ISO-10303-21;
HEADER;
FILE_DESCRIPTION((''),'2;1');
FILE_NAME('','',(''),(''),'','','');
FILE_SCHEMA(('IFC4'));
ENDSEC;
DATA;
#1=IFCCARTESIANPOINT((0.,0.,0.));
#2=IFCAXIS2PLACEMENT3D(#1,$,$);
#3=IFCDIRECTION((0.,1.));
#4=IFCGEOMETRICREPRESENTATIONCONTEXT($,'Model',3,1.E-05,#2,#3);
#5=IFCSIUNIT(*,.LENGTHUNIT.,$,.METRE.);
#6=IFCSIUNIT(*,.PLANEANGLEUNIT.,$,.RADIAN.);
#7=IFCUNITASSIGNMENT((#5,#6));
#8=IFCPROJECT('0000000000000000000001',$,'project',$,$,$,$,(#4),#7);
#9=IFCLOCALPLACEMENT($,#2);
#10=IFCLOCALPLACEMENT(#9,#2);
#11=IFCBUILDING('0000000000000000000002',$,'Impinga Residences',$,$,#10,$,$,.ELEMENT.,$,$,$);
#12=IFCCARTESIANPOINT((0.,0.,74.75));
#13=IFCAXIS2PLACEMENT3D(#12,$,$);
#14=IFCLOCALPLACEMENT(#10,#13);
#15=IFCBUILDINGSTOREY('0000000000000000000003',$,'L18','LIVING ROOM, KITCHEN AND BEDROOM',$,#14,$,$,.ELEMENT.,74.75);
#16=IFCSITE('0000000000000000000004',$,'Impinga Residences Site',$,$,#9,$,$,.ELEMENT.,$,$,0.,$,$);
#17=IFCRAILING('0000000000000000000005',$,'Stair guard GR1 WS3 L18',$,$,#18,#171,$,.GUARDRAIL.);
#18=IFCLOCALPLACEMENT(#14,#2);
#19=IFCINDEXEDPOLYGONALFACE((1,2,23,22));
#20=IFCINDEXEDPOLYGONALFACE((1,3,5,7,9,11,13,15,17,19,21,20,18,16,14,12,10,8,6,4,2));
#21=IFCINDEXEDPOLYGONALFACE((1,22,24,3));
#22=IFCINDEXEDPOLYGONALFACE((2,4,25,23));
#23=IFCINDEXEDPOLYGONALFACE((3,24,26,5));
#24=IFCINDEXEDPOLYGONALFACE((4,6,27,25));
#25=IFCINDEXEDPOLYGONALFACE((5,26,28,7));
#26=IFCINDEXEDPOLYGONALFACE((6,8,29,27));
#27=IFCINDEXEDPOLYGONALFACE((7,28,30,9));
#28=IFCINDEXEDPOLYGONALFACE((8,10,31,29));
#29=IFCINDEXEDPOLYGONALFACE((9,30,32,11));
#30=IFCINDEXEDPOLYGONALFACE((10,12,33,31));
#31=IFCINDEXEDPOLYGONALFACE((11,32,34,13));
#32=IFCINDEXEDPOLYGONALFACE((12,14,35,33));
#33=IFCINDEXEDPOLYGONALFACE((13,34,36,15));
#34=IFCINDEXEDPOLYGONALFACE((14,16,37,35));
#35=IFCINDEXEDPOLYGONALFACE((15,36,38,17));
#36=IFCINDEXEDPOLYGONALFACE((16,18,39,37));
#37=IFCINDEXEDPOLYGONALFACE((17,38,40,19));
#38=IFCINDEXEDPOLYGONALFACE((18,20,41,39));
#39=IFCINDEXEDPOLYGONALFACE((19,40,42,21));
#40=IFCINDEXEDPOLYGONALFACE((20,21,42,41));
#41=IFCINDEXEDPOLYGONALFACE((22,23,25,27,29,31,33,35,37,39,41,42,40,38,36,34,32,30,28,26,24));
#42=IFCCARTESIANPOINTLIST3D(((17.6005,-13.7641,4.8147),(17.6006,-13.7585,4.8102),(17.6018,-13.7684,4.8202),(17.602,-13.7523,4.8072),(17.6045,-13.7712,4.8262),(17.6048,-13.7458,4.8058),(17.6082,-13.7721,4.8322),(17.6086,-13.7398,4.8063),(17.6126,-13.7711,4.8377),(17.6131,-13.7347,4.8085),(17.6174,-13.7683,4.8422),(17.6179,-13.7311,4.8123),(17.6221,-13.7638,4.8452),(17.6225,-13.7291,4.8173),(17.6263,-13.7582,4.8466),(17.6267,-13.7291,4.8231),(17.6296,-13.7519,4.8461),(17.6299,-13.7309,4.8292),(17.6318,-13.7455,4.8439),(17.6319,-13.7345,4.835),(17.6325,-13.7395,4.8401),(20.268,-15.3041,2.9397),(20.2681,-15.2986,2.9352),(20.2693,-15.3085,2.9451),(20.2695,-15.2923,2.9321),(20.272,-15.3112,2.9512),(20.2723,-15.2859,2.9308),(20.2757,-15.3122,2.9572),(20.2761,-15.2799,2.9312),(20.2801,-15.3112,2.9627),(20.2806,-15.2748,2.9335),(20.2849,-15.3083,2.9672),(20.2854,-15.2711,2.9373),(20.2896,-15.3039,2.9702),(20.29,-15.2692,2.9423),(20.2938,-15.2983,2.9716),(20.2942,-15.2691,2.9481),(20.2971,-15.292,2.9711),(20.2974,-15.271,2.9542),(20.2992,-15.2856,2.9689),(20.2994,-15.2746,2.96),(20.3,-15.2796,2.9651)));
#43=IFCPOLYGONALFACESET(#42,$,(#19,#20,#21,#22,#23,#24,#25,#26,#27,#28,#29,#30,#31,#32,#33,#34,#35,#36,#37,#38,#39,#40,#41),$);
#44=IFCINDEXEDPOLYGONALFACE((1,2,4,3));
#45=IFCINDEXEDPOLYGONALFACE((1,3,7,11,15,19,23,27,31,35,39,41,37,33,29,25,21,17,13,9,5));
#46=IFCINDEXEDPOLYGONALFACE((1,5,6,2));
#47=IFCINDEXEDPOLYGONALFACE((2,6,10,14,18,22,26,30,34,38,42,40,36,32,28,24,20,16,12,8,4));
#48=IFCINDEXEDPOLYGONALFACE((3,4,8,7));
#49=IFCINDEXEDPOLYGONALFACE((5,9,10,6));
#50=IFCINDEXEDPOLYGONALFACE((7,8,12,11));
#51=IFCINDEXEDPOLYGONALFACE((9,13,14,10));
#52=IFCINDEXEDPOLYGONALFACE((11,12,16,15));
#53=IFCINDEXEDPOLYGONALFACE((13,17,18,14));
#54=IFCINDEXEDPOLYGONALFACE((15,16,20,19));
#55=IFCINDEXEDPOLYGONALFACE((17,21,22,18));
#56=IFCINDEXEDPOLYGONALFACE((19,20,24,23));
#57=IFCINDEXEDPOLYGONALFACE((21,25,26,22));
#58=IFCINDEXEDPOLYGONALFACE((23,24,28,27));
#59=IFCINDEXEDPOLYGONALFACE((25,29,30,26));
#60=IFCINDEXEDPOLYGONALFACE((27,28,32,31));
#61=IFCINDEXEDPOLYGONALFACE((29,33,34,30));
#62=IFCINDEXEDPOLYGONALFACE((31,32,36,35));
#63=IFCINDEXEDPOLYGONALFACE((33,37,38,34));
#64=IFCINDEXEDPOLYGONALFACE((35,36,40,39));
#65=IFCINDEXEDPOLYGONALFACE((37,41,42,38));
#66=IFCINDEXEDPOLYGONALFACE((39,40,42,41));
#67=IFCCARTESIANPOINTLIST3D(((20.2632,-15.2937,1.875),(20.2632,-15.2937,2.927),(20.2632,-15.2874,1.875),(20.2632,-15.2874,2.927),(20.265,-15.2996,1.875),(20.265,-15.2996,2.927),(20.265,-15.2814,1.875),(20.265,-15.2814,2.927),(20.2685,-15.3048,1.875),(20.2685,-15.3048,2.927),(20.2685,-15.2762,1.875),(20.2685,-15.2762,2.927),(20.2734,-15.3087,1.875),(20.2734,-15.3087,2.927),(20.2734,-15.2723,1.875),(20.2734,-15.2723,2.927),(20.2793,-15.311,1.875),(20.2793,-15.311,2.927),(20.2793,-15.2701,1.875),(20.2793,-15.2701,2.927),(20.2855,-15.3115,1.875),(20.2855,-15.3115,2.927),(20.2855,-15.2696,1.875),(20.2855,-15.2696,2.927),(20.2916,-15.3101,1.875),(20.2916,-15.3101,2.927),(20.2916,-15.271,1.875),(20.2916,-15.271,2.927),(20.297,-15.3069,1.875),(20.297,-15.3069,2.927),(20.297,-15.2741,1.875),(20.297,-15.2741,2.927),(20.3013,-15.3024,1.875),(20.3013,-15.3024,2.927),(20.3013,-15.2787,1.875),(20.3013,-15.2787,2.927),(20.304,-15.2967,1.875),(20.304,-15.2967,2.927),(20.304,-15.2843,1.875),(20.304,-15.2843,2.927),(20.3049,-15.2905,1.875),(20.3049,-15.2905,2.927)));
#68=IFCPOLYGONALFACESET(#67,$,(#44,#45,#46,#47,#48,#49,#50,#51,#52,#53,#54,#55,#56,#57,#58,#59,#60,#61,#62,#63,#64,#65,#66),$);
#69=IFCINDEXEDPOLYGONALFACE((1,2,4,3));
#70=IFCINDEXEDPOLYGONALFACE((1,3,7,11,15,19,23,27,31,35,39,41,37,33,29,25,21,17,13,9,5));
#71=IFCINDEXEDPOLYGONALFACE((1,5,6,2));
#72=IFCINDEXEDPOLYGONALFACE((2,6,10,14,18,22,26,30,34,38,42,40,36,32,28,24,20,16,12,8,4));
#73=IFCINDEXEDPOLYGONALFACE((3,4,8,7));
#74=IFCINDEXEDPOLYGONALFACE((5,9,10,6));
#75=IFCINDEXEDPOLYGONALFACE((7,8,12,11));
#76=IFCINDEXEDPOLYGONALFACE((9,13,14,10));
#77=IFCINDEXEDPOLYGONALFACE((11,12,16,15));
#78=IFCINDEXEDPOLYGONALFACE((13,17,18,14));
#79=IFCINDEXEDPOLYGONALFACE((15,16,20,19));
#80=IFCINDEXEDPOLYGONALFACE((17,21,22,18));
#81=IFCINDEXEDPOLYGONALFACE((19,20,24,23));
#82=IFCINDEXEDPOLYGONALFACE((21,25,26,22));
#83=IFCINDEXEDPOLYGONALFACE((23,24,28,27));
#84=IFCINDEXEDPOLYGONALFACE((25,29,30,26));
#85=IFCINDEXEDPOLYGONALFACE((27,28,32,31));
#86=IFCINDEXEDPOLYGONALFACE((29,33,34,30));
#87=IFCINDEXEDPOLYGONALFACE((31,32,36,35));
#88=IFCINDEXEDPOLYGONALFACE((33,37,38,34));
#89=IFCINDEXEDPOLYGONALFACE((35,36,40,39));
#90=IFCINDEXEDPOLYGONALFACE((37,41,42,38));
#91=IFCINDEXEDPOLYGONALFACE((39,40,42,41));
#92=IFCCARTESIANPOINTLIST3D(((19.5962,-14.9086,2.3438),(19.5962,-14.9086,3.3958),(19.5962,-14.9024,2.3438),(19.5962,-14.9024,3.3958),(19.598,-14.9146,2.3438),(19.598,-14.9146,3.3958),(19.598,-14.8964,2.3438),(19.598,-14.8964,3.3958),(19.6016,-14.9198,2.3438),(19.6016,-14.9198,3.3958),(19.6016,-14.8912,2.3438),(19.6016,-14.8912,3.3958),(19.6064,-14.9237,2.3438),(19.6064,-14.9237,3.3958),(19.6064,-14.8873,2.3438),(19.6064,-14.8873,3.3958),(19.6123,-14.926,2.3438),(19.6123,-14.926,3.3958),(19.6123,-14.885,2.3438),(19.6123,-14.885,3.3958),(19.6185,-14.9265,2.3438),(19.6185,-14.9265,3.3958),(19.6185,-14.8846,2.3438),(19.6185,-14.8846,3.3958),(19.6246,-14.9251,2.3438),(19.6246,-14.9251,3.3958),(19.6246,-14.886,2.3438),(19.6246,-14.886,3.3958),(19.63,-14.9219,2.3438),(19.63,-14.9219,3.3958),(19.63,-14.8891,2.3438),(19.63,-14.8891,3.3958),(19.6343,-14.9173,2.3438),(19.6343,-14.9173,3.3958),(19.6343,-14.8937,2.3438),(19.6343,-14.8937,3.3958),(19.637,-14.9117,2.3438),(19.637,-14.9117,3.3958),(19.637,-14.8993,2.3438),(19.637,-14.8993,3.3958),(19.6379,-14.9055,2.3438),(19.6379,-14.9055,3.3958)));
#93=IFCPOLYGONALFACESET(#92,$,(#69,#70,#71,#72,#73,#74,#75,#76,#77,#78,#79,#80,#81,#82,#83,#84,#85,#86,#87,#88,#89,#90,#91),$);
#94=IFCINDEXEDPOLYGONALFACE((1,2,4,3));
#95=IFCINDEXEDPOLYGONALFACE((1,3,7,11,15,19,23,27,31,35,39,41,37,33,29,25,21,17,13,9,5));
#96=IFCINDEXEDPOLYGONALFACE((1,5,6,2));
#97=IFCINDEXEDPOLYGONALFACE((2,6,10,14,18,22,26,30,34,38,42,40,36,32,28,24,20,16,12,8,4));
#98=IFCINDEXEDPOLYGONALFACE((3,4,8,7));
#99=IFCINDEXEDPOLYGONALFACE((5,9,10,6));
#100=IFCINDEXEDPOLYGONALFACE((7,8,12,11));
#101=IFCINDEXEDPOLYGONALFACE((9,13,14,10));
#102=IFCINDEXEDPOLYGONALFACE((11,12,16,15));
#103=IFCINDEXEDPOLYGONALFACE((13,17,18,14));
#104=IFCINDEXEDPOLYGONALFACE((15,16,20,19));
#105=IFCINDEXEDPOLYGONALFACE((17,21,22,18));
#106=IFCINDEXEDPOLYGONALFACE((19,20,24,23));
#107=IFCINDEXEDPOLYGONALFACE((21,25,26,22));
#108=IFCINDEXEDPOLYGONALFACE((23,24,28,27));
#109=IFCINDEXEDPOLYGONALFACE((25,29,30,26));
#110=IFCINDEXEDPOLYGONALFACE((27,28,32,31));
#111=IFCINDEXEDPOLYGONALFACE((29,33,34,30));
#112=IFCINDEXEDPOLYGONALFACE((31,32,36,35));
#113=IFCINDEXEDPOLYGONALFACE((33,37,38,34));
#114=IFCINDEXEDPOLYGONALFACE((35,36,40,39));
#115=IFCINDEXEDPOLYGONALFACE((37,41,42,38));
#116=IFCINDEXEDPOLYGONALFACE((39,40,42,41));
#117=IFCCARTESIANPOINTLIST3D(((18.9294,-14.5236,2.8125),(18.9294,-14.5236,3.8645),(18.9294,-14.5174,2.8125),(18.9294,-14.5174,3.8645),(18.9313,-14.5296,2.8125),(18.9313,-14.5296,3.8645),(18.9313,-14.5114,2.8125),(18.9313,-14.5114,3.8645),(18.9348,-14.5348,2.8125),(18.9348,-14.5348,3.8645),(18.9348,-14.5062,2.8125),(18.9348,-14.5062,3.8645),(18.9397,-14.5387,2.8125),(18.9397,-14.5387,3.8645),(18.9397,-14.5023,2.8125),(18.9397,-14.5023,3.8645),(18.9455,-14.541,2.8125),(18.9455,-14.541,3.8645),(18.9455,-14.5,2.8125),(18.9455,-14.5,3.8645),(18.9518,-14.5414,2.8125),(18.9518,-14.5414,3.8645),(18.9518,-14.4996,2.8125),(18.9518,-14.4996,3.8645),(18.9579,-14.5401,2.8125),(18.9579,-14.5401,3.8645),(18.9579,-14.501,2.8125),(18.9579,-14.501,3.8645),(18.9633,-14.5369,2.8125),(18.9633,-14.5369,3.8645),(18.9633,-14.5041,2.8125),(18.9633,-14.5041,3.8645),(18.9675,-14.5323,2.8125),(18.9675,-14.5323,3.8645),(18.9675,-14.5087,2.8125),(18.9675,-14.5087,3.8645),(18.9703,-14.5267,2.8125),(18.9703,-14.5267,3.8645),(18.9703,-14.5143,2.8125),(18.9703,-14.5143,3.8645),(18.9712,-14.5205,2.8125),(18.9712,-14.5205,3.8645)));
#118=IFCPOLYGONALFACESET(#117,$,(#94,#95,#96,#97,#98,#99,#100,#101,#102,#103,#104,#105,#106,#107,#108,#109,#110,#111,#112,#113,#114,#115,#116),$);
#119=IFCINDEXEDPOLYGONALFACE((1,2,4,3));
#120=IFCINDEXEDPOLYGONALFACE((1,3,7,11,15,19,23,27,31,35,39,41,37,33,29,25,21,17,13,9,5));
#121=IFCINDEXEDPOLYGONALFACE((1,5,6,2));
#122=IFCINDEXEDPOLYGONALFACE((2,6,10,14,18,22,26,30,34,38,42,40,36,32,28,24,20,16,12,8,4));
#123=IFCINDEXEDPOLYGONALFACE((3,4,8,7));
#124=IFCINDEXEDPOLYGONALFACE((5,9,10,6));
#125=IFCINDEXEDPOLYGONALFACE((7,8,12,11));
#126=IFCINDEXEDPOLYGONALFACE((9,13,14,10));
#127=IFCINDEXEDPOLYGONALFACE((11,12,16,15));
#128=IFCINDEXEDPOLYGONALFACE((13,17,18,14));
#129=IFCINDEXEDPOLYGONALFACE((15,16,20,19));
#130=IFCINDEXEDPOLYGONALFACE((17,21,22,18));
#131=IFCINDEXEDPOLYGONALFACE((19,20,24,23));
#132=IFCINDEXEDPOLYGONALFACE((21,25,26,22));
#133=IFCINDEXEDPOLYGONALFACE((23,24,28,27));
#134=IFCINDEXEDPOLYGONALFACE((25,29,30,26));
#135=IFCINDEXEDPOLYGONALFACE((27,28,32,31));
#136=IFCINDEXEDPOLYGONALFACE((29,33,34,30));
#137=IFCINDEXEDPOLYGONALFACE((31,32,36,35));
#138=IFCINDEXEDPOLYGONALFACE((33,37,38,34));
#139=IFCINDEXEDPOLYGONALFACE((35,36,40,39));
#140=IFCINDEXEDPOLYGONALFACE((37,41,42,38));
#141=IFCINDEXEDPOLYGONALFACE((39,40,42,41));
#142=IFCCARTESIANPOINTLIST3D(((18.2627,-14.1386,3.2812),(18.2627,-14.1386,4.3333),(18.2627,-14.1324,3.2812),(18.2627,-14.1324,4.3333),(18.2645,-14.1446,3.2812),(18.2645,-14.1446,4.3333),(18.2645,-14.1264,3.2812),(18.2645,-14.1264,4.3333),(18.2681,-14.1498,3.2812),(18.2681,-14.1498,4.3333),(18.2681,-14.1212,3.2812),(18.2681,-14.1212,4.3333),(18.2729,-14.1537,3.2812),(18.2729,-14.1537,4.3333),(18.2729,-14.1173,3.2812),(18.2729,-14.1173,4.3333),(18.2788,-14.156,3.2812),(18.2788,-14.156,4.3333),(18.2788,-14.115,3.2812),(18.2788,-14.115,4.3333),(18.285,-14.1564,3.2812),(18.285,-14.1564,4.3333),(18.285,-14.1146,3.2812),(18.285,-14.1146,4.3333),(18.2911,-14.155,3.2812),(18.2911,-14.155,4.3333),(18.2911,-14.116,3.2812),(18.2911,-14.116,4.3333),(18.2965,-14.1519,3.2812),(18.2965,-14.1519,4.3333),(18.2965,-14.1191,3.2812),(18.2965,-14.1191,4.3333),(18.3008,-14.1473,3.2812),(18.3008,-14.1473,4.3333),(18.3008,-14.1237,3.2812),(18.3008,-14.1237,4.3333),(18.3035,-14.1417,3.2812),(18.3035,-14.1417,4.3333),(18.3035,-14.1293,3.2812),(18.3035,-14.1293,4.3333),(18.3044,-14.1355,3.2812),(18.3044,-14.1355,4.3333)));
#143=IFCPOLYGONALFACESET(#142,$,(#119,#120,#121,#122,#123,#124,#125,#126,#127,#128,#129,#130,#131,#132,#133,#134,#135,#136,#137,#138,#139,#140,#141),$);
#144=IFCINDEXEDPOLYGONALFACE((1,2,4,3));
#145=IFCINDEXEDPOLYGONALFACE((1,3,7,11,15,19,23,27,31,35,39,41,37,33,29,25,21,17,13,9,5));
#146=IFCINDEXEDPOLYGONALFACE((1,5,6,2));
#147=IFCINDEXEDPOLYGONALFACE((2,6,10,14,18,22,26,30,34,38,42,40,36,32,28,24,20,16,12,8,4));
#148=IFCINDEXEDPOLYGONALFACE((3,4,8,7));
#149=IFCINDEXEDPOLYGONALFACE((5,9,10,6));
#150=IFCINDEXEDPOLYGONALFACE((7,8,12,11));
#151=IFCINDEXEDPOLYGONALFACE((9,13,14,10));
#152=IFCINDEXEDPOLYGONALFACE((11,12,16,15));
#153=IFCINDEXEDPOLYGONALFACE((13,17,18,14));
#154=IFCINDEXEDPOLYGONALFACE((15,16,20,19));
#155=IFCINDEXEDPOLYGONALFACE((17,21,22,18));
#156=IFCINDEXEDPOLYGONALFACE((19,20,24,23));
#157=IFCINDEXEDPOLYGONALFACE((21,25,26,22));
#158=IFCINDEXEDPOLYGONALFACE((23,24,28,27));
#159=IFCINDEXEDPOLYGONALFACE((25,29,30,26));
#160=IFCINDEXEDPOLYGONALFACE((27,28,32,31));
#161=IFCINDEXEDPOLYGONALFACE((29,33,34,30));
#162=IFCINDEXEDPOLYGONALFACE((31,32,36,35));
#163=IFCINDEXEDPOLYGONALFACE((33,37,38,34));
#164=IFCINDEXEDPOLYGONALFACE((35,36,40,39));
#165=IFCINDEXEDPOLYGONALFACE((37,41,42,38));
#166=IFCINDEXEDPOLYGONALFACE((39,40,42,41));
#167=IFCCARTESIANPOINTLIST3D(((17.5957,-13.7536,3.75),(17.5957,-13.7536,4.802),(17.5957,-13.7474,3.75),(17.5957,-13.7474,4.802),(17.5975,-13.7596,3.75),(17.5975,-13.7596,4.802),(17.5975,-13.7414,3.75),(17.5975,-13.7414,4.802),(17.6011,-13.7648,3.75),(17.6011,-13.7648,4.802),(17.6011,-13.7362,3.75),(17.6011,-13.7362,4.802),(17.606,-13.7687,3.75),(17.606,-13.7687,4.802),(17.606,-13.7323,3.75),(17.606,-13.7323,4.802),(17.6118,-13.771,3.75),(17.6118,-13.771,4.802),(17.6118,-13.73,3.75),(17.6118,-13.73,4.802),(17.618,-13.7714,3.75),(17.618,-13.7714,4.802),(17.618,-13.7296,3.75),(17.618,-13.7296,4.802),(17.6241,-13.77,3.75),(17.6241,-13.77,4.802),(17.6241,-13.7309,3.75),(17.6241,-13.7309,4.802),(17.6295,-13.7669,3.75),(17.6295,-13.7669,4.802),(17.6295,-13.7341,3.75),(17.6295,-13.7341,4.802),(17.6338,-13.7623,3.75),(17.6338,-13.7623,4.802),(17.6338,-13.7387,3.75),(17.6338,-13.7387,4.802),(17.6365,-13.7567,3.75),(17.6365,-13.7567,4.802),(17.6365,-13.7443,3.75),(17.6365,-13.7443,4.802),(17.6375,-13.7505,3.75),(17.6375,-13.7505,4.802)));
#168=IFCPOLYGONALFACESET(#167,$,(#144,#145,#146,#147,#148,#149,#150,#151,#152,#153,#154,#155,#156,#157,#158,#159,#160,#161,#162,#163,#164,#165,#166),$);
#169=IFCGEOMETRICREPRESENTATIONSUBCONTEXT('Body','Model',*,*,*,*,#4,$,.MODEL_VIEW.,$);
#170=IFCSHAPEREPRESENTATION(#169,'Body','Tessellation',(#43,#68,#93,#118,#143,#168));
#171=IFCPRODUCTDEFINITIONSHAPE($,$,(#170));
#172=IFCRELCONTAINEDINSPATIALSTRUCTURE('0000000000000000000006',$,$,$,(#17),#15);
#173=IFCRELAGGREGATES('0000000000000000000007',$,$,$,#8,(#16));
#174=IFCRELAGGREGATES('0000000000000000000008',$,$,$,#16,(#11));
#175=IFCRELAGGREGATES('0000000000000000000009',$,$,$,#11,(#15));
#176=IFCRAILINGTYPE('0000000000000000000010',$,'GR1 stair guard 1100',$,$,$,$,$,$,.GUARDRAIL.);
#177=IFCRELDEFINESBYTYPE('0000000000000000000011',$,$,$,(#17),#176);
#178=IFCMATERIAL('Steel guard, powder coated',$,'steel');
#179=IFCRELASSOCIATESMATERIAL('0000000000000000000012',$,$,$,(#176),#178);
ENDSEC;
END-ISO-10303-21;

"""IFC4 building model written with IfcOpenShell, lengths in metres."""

from ifc_helpers import new_model, si_unit, direction, frame, origin, origin_2d, place, context, subcontext, project, spatial, circle, extrude, material, type_object, element, save


model = new_model("IFC4")

# Units and contexts
model_context = context("Model", 3, precision=1e-05, world=origin(), true_north=direction((0.0, 1.0)))
body_context = subcontext(model_context, "Body", "Model", "MODEL_VIEW")
ifc_project = project(units=[si_unit("LENGTHUNIT", "METRE"), si_unit("PLANEANGLEUNIT", "RADIAN")], contexts=[model_context])

# Site, building, storey
site_placement = place(None, origin())
site = spatial("IfcSite", under=ifc_project, at=site_placement, Name="Impinga Residences Site", CompositionType="ELEMENT", RefElevation=0.0)
building_placement = place(site_placement, origin())
building = spatial("IfcBuilding", under=site, at=building_placement, Name="Impinga Residences", CompositionType="ELEMENT")
storey_placement = place(building_placement, frame((0.0, 0.0, 74.75)))
storey = spatial("IfcBuildingStorey", under=building, at=storey_placement, Name="L18", Description="LIVING ROOM, KITCHEN AND BEDROOM", CompositionType="ELEMENT", Elevation=74.75)

# Railing
ifc_material_1 = material(Name="Steel guard, powder coated", Category="steel")
railing_type_1 = type_object("IfcRailingType", Name="GR1 stair guard 1100", PredefinedType="GUARDRAIL", material=ifc_material_1)
railing_1_placement = place(storey_placement, frame((20.2839, -15.2905, 1.875)))
element("IfcRailing", 1, at=railing_1_placement, inside=storey, type_object=railing_type_1, Name="Stair guard GR1 WS3 L18", PredefinedType="GUARDRAIL", context=body_context, shape_type="SweptSolid", body=[
    extrude(circle(Radius=0.0239, at=origin_2d()), frame((0.0, 0.0, 1.0762), z_axis=(-0.739746, 0.427084, 0.519975), x_axis=(-0.499992, -0.86603, 0.0)), (0.0, 0.0, 1.0), 3.606),
    extrude(circle(Radius=0.021, at=origin_2d()), origin(), (0.0, 0.0, 1.0), 1.052),
    extrude(circle(Radius=0.021, at=origin_2d()), frame((-0.667, 0.385, 0.4688)), (0.0, 0.0, 1.0), 1.052),
    extrude(circle(Radius=0.021, at=origin_2d()), frame((-1.3337, 0.77, 0.9375)), (0.0, 0.0, 1.0), 1.052),
    extrude(circle(Radius=0.021, at=origin_2d()), frame((-2.0005, 1.155, 1.4062)), (0.0, 0.0, 1.0), 1.052),
    extrude(circle(Radius=0.021, at=origin_2d()), frame((-2.6675, 1.54, 1.875)), (0.0, 0.0, 1.0), 1.052),
])

save(model, "model.ifc")
